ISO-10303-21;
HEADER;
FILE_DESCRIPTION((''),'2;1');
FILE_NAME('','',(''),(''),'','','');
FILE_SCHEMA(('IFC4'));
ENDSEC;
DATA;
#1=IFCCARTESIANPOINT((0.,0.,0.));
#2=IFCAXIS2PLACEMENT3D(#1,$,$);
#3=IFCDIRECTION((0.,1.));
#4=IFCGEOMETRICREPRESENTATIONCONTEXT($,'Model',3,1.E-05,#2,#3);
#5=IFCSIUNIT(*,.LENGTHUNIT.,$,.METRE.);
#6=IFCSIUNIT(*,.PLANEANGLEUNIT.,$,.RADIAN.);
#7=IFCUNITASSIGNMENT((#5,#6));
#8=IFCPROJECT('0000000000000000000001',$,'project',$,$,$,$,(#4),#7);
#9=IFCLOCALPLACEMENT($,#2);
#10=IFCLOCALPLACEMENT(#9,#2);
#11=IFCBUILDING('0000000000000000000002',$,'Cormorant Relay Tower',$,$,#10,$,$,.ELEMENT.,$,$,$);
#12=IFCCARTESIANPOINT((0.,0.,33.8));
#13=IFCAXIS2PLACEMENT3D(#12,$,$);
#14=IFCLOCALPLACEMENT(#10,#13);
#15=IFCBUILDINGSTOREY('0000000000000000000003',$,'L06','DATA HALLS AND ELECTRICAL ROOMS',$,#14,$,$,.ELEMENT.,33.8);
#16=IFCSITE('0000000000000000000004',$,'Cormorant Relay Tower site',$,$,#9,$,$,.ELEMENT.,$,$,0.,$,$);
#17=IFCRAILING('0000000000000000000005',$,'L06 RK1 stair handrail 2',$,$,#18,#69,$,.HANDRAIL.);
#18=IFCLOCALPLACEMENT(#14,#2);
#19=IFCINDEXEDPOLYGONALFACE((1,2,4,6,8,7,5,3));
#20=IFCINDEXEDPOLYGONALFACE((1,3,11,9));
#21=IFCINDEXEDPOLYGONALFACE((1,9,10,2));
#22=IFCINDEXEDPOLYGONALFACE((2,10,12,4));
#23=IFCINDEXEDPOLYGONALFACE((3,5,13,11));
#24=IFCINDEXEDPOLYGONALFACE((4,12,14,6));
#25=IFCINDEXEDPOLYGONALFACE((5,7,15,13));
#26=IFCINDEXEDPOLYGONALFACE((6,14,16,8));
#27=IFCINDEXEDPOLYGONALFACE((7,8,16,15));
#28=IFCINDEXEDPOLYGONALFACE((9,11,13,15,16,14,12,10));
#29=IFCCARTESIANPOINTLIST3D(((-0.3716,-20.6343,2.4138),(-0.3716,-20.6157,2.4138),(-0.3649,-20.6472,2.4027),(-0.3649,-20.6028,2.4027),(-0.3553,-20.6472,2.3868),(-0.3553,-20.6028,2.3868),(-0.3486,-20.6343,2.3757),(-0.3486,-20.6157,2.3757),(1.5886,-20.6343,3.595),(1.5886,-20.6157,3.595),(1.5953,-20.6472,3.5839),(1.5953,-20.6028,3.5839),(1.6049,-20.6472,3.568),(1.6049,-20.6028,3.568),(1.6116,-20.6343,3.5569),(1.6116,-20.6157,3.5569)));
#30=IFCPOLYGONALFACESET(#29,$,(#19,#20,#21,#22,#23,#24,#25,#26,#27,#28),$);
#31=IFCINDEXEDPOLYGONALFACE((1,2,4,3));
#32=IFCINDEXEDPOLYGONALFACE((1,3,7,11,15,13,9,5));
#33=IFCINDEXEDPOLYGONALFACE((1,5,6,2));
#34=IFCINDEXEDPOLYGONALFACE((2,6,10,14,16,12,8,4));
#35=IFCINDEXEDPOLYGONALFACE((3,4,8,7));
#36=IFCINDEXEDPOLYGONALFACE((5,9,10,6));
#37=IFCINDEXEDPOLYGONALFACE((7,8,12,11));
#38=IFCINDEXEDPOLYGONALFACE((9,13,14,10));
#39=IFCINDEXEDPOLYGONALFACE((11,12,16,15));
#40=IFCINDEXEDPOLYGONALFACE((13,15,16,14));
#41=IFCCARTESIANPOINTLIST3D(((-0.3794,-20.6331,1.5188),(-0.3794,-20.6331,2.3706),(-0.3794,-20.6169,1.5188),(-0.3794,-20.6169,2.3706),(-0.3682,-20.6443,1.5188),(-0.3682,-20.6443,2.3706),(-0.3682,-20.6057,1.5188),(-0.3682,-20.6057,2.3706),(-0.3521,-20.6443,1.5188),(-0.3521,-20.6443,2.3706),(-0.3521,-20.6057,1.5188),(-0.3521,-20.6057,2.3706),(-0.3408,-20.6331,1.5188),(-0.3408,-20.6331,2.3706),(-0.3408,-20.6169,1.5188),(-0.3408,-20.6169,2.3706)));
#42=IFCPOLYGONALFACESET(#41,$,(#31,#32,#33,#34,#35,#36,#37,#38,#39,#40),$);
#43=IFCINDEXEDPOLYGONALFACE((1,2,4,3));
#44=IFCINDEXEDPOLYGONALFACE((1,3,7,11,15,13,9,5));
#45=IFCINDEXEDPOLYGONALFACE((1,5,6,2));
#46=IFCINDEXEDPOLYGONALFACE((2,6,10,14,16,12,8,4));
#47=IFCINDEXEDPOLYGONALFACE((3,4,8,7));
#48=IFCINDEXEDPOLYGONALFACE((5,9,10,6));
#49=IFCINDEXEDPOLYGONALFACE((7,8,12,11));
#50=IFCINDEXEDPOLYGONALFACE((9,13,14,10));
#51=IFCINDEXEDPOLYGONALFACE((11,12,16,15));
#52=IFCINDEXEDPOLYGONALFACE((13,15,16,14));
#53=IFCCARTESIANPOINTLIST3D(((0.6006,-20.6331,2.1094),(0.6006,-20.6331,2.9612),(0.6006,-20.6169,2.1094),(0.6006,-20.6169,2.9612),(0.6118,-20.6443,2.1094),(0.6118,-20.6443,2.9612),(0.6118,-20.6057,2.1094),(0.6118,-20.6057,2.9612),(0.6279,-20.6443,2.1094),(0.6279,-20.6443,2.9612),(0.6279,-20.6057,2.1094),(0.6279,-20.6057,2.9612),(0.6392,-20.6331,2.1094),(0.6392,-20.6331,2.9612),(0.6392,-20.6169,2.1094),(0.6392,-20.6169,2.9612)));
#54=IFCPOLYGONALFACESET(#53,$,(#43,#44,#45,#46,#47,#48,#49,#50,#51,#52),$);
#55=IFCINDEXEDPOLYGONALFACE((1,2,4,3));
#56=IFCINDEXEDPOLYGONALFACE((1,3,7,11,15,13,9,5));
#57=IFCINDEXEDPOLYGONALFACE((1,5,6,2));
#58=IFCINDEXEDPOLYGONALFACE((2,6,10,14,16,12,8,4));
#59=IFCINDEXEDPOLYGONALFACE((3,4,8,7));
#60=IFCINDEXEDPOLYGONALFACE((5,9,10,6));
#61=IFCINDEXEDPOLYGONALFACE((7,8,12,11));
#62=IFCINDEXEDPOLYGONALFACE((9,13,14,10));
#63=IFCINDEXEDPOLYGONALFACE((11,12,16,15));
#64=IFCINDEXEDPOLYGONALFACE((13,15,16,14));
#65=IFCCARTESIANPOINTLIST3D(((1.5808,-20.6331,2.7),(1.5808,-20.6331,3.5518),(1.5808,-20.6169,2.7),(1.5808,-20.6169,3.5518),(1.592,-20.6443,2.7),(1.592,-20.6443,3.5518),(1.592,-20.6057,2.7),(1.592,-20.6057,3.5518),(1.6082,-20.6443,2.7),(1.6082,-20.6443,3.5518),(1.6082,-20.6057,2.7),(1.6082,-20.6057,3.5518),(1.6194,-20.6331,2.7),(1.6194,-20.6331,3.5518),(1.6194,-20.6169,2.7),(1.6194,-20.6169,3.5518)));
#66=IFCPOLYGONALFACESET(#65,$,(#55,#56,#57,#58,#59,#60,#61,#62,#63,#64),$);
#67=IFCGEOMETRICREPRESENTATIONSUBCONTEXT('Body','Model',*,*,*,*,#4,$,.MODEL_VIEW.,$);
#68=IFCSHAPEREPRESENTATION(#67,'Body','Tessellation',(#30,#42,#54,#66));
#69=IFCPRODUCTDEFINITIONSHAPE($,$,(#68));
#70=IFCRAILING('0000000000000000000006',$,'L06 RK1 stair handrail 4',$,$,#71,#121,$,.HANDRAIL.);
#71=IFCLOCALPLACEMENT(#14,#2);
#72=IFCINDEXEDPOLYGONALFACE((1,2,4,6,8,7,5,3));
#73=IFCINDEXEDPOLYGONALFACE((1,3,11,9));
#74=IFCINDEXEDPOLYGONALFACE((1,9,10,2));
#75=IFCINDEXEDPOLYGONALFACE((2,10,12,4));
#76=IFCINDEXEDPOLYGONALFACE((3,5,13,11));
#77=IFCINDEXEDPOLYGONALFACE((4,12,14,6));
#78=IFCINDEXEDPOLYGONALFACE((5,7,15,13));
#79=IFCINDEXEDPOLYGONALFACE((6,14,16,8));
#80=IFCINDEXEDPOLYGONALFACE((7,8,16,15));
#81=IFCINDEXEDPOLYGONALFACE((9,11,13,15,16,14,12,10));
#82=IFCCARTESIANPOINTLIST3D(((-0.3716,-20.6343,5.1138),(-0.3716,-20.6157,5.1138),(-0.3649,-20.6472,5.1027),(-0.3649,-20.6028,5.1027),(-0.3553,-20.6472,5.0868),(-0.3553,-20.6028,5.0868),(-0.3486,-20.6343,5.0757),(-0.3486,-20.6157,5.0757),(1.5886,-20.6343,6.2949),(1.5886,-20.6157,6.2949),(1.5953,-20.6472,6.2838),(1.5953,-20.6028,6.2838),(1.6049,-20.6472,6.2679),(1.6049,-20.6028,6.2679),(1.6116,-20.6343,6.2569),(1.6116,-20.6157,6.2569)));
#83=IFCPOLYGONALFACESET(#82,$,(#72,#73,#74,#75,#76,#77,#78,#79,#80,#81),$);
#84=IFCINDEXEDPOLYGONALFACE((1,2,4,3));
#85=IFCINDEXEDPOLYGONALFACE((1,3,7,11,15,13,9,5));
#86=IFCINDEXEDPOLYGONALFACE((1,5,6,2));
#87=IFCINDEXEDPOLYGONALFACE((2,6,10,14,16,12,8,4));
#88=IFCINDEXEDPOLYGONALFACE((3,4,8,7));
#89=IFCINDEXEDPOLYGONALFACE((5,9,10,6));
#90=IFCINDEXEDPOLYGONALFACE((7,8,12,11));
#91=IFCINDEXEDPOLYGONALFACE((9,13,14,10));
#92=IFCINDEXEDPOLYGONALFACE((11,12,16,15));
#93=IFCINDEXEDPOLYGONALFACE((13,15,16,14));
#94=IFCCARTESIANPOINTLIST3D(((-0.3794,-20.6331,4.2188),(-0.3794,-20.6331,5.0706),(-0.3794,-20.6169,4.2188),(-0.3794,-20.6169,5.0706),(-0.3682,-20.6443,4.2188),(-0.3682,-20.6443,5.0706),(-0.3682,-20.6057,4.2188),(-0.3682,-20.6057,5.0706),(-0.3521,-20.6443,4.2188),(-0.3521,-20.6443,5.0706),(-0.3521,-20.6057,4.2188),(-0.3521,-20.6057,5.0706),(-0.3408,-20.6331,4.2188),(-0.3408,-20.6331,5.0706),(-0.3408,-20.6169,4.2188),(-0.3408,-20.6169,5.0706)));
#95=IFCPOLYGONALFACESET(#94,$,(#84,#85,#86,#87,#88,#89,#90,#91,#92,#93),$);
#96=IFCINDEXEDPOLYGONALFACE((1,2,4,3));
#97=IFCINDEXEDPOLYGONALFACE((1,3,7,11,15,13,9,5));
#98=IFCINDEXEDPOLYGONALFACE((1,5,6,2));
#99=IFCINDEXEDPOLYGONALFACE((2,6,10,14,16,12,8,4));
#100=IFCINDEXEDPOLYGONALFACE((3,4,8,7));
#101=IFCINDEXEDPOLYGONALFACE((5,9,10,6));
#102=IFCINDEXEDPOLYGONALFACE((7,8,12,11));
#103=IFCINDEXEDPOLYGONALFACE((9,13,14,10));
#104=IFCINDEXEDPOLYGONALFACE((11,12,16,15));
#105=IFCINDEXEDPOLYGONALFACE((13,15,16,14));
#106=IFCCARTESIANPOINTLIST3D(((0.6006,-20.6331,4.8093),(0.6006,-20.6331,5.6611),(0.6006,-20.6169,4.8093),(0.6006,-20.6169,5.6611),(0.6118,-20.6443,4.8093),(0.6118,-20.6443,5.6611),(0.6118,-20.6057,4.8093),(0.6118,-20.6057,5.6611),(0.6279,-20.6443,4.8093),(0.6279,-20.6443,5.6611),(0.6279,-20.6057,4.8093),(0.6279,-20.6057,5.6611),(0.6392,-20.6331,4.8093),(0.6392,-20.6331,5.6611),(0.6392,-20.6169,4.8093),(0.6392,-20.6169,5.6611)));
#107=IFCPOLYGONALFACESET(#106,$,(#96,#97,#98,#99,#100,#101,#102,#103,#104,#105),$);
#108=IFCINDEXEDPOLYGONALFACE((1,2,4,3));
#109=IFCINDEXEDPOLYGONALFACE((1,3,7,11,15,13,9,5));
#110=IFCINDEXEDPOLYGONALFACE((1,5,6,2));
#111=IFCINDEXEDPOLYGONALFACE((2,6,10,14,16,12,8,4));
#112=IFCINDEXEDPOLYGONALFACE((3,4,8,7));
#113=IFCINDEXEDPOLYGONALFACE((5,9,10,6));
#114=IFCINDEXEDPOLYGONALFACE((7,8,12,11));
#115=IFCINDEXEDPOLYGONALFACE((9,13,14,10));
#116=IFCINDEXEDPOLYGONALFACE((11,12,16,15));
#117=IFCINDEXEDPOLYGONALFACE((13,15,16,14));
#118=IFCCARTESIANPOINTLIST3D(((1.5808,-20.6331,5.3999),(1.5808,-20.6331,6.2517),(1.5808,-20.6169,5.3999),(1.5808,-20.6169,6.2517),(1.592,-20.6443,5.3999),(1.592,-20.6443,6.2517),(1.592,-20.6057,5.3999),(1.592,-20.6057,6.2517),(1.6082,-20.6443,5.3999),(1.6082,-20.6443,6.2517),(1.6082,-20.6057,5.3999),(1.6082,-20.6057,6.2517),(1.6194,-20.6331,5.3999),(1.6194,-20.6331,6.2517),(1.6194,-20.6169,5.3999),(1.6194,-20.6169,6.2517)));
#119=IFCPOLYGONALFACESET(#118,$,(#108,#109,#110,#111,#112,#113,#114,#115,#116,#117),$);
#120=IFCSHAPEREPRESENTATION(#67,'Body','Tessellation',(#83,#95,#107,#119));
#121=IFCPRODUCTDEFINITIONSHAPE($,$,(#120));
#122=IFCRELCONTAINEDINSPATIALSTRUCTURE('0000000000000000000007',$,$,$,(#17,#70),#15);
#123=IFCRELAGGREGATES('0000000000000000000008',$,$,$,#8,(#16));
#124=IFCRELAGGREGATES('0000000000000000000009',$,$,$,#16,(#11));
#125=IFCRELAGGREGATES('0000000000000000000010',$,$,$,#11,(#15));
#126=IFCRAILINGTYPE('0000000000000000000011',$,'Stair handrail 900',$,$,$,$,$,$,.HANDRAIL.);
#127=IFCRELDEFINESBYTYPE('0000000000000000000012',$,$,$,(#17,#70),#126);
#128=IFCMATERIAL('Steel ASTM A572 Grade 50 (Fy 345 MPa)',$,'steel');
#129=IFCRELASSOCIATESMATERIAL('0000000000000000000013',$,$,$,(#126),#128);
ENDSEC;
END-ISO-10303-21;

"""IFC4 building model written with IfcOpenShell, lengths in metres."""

from ifc_helpers import new_model, si_unit, direction, frame, origin, place, context, subcontext, project, spatial, polyline, outline, extrude, material, type_object, element, save


model = new_model("IFC4")

# Units and contexts
model_context = context("Model", 3, precision=1e-05, world=origin(), true_north=direction((0.0, 1.0)))
body_context = subcontext(model_context, "Body", "Model", "MODEL_VIEW")
ifc_project = project(units=[si_unit("LENGTHUNIT", "METRE"), si_unit("PLANEANGLEUNIT", "RADIAN")], contexts=[model_context])

# Site, building, storey
site_placement = place(None, origin())
site = spatial("IfcSite", under=ifc_project, at=site_placement, Name="Cormorant Relay Tower site", CompositionType="ELEMENT", RefElevation=0.0)
building_placement = place(site_placement, origin())
building = spatial("IfcBuilding", under=site, at=building_placement, Name="Cormorant Relay Tower", CompositionType="ELEMENT")
storey_placement = place(building_placement, frame((0.0, 0.0, 33.8)))
storey = spatial("IfcBuildingStorey", under=building, at=storey_placement, Name="L06", Description="DATA HALLS AND ELECTRICAL ROOMS", CompositionType="ELEMENT", Elevation=33.8)

# Railings
ifc_material_1 = material(Name="Steel ASTM A572 Grade 50 (Fy 345 MPa)", Category="steel")
railing_type_1 = type_object("IfcRailingType", Name="Stair handrail 900", PredefinedType="HANDRAIL", material=ifc_material_1)
for number, where, name in (
    (1, (-0.3601, -20.625, 1.5188), "L06 RK1 stair handrail 2"),
    (2, (-0.3601, -20.625, 4.2188), "L06 RK1 stair handrail 4"),
):
    element("IfcRailing", number, at=place(storey_placement, frame(where)), inside=storey, type_object=railing_type_1, Name=name, PredefinedType="HANDRAIL", context=body_context, shape_type="SweptSolid", body=[
        extrude(outline(polyline([(0.0222, 0.0093), (0.0093, 0.0222), (-0.0093, 0.0222), (-0.0222, 0.0093), (-0.0222, -0.0093), (-0.0093, -0.0222), (0.0093, -0.0222), (0.0222, -0.0093), (0.0222, 0.0093)])), frame((0.0, 0.0, 0.876), z_axis=(0.856522, 0.0, 0.516111), x_axis=(0.0, 1.0, 0.0)), (0.0, 0.0, 1.0), 2.2886),
        extrude(outline(polyline([(0.0193, 0.0081), (0.0081, 0.0193), (-0.0081, 0.0193), (-0.0193, 0.0081), (-0.0193, -0.0081), (-0.0081, -0.0193), (0.0081, -0.0193), (0.0193, -0.0081), (0.0193, 0.0081)])), origin(), (0.0, 0.0, 1.0), 0.8518),
        extrude(outline(polyline([(0.0193, 0.0081), (0.0081, 0.0193), (-0.0081, 0.0193), (-0.0193, 0.0081), (-0.0193, -0.0081), (-0.0081, -0.0193), (0.0081, -0.0193), (0.0193, -0.0081), (0.0193, 0.0081)])), frame((0.98, 0.0, 0.5906)), (0.0, 0.0, 1.0), 0.8518),
        extrude(outline(polyline([(0.0193, 0.0081), (0.0081, 0.0193), (-0.0081, 0.0193), (-0.0193, 0.0081), (-0.0193, -0.0081), (-0.0081, -0.0193), (0.0081, -0.0193), (0.0193, -0.0081), (0.0193, 0.0081)])), frame((1.9602, 0.0, 1.1812)), (0.0, 0.0, 1.0), 0.8518),
    ])

save(model, "model.ifc")
